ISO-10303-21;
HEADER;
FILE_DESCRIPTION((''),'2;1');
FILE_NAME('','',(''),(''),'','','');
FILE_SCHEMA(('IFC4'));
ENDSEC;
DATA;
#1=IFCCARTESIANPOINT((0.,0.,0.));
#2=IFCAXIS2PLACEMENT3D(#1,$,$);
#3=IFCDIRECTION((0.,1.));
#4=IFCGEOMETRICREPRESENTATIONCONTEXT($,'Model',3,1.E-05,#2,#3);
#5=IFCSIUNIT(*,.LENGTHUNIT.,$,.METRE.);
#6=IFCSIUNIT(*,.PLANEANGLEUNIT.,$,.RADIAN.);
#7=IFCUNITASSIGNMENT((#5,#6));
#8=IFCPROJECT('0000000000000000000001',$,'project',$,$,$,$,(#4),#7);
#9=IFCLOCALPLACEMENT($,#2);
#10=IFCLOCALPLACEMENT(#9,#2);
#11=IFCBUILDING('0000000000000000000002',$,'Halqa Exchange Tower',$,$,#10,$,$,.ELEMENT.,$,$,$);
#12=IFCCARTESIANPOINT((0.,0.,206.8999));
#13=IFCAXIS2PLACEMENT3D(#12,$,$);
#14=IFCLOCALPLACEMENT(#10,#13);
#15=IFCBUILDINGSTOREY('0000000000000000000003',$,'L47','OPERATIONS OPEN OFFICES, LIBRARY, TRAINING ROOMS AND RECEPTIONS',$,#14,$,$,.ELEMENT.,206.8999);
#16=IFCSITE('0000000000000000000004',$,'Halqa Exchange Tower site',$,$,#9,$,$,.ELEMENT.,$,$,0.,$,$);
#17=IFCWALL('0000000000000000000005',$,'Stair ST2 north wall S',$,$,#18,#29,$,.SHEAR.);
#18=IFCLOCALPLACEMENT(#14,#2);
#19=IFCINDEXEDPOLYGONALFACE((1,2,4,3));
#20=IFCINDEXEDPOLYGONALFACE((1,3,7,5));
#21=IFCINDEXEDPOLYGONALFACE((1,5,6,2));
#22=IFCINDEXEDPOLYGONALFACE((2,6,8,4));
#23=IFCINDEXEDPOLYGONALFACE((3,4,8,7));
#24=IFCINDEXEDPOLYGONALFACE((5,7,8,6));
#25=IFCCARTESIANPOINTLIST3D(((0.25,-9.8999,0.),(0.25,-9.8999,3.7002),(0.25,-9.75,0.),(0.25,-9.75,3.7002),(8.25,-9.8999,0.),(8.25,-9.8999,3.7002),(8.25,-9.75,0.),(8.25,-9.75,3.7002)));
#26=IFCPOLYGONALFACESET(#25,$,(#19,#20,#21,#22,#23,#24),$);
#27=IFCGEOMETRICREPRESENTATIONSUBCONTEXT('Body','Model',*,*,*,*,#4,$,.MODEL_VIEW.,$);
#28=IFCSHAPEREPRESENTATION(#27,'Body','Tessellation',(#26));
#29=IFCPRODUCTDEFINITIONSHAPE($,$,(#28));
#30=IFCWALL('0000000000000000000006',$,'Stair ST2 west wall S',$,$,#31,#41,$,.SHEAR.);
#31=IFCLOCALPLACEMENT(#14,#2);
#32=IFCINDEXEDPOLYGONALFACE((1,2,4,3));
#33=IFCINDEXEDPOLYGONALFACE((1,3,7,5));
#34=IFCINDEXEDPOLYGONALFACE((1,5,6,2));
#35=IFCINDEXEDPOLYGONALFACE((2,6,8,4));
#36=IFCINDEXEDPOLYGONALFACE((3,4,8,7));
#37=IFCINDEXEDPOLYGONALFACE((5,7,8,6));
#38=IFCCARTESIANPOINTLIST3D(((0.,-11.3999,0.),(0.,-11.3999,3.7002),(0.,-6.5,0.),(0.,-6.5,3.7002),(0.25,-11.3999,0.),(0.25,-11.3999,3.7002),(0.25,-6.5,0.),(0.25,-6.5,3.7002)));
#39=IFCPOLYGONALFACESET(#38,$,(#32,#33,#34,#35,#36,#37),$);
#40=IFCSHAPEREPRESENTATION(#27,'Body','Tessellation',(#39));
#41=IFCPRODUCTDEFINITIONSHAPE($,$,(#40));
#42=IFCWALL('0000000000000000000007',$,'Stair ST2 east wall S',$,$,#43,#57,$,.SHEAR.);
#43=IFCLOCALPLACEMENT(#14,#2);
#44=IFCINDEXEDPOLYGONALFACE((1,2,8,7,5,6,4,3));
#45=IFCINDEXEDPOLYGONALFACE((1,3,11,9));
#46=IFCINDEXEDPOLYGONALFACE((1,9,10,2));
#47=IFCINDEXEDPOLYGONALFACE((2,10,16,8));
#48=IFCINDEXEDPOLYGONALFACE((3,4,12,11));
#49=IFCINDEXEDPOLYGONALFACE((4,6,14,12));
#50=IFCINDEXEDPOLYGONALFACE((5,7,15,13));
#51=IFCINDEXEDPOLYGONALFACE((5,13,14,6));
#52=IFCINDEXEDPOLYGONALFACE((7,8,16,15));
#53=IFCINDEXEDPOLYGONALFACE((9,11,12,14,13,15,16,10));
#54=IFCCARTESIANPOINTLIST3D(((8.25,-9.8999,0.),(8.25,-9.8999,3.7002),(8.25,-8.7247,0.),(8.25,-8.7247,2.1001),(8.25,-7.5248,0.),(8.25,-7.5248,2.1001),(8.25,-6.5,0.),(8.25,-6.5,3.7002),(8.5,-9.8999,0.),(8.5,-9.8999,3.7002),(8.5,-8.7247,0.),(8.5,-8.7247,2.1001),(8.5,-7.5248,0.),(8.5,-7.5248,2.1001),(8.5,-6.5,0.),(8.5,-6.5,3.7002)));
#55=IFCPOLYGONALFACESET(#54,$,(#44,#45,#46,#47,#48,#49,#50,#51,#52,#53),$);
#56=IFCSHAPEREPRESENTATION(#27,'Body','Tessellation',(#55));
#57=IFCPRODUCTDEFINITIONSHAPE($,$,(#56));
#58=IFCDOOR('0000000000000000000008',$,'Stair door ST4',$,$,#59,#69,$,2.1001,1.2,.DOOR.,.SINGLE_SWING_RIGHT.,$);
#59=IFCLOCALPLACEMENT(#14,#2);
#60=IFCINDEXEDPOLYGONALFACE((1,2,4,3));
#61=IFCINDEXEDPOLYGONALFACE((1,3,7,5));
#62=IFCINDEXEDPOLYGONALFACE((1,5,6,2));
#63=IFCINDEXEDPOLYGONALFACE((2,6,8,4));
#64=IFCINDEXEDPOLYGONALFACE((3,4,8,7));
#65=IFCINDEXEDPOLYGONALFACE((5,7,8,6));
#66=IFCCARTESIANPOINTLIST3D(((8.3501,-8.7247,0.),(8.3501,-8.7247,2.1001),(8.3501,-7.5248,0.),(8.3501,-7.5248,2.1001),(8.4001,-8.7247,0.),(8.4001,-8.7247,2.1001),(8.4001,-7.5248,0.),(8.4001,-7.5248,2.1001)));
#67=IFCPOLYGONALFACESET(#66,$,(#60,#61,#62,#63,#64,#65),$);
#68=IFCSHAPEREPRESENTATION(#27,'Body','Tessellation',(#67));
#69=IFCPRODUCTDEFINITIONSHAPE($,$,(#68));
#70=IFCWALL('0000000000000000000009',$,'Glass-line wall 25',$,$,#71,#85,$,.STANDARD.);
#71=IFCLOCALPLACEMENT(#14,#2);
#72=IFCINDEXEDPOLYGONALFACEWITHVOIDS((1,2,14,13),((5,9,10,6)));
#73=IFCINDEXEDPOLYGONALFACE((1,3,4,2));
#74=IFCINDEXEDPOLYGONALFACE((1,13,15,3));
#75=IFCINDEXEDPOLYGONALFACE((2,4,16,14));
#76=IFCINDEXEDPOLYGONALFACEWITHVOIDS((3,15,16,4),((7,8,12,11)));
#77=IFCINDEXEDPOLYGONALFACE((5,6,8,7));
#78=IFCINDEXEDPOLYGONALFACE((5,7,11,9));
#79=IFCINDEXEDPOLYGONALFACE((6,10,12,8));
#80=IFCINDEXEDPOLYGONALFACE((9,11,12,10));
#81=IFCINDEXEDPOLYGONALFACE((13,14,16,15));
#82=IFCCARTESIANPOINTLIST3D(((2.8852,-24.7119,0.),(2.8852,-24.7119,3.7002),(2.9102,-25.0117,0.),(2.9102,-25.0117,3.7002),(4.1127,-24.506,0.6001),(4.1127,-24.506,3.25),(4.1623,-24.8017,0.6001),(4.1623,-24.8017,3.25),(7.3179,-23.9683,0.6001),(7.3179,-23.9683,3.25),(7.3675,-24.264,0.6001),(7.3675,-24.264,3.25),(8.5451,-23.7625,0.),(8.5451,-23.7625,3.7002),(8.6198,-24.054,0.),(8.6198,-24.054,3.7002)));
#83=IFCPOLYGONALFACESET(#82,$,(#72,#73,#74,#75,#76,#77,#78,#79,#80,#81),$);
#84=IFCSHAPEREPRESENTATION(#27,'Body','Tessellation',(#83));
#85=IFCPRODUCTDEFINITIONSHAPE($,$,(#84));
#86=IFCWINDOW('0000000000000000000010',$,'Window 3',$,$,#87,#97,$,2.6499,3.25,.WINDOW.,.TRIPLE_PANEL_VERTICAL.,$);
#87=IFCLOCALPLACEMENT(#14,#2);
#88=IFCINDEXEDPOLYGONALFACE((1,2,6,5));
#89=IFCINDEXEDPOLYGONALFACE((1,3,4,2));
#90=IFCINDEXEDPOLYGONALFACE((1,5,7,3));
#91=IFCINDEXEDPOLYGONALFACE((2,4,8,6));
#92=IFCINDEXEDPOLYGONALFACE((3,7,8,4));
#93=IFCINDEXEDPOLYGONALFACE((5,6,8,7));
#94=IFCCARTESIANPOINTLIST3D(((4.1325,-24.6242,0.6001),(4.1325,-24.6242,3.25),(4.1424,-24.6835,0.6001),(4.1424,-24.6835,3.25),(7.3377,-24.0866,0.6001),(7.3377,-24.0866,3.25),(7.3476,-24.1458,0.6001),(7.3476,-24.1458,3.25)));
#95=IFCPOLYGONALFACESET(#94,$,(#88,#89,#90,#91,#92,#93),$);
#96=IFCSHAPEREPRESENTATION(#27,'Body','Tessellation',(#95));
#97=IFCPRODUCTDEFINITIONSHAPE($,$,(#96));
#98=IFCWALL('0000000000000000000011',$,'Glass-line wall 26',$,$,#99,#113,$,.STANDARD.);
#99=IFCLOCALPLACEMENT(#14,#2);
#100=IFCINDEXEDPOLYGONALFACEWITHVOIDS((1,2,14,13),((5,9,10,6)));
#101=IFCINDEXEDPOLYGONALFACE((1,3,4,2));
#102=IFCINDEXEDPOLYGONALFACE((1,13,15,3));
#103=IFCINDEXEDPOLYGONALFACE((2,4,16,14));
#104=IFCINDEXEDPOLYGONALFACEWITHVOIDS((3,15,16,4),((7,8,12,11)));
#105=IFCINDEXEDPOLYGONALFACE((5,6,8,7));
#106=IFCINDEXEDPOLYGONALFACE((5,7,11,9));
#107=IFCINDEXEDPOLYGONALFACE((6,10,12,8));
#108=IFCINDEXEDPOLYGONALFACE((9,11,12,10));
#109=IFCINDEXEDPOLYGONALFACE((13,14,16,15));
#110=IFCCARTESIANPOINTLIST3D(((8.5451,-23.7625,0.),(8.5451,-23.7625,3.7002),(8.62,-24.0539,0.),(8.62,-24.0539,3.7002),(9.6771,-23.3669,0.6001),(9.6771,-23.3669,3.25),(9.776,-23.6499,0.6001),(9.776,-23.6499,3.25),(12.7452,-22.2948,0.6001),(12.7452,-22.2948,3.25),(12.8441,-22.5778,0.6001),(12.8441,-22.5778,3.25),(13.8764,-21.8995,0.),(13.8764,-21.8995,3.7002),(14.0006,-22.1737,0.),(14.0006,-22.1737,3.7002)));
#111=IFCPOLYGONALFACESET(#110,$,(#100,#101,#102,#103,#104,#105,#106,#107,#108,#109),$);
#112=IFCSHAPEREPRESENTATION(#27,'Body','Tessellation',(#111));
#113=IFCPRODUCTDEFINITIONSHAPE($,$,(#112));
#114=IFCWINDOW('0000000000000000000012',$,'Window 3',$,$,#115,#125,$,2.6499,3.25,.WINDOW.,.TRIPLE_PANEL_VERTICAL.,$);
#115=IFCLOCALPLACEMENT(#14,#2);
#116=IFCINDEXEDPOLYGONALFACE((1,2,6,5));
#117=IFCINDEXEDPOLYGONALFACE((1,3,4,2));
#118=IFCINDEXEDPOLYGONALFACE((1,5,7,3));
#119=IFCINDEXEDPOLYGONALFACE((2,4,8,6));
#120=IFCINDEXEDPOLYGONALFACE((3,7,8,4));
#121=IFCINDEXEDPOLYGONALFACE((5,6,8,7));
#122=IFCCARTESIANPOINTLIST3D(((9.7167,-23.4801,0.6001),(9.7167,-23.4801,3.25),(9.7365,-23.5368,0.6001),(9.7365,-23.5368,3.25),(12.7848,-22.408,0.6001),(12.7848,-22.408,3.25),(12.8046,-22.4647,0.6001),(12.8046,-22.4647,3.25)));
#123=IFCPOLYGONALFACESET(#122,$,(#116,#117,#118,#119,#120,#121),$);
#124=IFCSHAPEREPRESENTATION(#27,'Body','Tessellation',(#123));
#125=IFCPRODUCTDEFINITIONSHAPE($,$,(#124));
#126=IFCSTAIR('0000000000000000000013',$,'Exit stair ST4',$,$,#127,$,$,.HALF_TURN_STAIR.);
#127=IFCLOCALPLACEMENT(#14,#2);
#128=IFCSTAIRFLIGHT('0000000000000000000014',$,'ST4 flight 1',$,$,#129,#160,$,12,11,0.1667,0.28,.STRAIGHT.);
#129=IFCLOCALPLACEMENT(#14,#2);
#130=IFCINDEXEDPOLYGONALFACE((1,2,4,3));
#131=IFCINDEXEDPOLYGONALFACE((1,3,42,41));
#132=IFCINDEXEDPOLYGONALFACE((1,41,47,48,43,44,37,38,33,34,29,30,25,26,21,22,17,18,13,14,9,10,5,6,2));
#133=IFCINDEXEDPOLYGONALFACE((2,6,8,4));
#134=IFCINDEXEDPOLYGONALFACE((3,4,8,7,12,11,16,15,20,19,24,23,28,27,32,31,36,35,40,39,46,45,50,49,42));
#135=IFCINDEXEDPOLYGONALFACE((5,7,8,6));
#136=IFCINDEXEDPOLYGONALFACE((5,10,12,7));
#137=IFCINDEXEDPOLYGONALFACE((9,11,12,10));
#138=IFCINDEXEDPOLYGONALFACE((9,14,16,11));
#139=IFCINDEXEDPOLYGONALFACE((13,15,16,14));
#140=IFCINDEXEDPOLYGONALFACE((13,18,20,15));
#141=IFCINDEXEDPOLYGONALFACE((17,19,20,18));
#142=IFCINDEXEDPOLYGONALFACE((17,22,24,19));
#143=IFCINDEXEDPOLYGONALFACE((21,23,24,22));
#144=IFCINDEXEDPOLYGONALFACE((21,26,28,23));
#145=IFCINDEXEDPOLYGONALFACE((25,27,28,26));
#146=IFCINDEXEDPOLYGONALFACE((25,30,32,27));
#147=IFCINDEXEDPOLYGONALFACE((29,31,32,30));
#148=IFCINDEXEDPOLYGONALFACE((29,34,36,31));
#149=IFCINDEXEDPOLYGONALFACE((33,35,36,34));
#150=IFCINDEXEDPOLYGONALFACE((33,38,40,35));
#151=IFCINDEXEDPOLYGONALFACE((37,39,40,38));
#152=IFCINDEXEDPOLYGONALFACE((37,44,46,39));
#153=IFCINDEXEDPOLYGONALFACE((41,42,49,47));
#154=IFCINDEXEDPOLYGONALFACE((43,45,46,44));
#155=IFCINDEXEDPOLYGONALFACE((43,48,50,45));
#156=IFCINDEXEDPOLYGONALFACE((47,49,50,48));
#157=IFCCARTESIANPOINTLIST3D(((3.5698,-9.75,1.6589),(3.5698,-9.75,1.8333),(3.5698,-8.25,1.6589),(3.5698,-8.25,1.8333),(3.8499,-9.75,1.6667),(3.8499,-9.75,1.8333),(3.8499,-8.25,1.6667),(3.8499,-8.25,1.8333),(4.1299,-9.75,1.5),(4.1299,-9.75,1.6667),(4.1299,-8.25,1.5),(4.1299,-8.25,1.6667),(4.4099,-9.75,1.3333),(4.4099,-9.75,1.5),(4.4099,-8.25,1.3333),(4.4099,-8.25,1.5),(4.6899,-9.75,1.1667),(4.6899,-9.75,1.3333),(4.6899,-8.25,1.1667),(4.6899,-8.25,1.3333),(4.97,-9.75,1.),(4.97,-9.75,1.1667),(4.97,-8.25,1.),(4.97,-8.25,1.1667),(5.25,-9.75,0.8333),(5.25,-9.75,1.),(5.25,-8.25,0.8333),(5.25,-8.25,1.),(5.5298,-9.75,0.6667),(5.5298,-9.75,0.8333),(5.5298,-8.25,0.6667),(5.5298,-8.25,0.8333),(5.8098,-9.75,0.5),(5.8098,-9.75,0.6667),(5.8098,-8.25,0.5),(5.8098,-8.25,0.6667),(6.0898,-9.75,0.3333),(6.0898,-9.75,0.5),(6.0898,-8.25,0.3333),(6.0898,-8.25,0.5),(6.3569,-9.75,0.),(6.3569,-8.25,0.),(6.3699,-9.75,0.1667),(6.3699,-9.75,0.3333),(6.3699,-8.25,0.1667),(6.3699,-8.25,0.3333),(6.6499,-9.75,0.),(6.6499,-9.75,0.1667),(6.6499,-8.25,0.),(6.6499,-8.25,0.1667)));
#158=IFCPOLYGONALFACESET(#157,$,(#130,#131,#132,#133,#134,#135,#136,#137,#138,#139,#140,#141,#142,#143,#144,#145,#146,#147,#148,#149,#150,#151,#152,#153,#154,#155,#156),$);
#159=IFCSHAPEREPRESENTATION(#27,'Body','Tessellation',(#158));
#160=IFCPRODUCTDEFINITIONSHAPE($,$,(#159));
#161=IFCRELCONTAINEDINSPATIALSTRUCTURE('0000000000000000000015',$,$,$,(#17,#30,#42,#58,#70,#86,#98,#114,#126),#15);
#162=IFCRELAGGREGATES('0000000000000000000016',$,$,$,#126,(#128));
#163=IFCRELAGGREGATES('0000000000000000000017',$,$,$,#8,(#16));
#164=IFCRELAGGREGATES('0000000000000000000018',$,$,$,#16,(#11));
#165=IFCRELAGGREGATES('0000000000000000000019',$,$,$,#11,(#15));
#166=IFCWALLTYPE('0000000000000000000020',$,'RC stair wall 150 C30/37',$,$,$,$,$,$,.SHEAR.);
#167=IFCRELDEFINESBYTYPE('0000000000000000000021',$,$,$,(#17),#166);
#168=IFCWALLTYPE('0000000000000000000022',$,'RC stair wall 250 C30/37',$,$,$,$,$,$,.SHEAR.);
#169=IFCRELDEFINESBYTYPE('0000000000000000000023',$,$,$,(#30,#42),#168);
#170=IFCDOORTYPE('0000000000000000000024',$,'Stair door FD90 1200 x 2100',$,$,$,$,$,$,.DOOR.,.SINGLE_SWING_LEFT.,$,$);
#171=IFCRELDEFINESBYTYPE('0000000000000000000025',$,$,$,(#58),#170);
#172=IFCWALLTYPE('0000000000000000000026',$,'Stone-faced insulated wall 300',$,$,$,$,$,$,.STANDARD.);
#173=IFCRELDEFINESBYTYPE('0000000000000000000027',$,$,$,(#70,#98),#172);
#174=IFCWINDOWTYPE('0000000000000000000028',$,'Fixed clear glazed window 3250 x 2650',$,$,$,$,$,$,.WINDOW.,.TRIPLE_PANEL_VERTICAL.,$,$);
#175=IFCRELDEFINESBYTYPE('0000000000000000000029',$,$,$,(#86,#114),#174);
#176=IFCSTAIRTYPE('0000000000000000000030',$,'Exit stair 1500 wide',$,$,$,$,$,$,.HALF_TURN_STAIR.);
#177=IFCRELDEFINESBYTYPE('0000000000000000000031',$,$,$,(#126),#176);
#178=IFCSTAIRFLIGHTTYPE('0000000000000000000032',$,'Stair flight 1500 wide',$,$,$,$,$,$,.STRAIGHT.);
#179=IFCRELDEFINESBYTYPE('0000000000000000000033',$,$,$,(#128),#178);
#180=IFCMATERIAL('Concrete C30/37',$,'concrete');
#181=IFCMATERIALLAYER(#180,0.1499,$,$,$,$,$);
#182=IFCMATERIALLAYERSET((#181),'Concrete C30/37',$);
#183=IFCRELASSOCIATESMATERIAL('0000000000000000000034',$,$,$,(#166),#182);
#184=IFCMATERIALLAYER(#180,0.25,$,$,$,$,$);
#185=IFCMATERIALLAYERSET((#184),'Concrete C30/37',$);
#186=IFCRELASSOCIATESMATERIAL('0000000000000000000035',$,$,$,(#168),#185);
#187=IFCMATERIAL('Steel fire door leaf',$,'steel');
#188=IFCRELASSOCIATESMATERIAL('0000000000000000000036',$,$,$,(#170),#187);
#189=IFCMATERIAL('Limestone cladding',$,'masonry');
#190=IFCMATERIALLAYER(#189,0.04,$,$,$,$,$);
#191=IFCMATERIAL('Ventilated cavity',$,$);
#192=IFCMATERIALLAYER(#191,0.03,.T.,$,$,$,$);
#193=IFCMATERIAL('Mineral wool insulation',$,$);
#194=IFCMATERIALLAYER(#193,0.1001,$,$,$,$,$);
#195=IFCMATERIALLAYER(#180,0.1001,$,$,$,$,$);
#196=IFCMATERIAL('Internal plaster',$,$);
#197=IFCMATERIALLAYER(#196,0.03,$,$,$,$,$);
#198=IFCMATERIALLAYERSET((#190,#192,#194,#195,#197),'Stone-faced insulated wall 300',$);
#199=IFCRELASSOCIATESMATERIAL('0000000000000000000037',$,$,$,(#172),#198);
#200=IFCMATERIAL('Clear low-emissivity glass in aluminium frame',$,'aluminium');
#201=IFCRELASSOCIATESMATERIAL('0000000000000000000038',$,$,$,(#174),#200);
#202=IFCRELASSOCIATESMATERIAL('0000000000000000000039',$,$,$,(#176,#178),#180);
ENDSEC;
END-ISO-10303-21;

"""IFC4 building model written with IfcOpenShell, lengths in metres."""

from ifc_helpers import new_model, si_unit, direction, frame, frame_2d, origin, place, context, subcontext, project, spatial, polyline, rectangle, outline, extrude, material, layer, layer_set, type_object, element, fill, aggregate, save


model = new_model("IFC4")

# Units and contexts
model_context = context("Model", 3, precision=1e-05, world=origin(), true_north=direction((0.0, 1.0)))
body_context = subcontext(model_context, "Body", "Model", "MODEL_VIEW")
ifc_project = project(units=[si_unit("LENGTHUNIT", "METRE"), si_unit("PLANEANGLEUNIT", "RADIAN")], contexts=[model_context])

# Site, building, storey
site_placement = place(None, origin())
site = spatial("IfcSite", under=ifc_project, at=site_placement, Name="Halqa Exchange Tower site", CompositionType="ELEMENT", RefElevation=0.0)
building_placement = place(site_placement, origin())
building = spatial("IfcBuilding", under=site, at=building_placement, Name="Halqa Exchange Tower", CompositionType="ELEMENT")
storey_placement = place(building_placement, frame((0.0, 0.0, 206.8999)))
storey = spatial("IfcBuildingStorey", under=building, at=storey_placement, Name="L47", Description="OPERATIONS OPEN OFFICES, LIBRARY, TRAINING ROOMS AND RECEPTIONS", CompositionType="ELEMENT", Elevation=206.8999)

# Walls
ifc_material_1 = material(Name="Concrete C30/37", Category="concrete")
ifc_layer_1 = layer(ifc_material_1, 0.1499)
ifc_layer_set_1 = layer_set([ifc_layer_1], Name="Concrete C30/37")
wall_type_1 = type_object("IfcWallType", Name="RC stair wall 150 C30/37", PredefinedType="SHEAR", material=ifc_layer_set_1)
wall_1_placement = place(storey_placement, frame((0.25, -9.825, 0.0), z_axis=(0.0, 0.0, 1.0), x_axis=(1.0, 0.0, 0.0)))
element("IfcWall", 1, at=wall_1_placement, inside=storey, type_object=wall_type_1, Name="Stair ST2 north wall S", PredefinedType="SHEAR", context=body_context, shape_type="SweptSolid", body=[
    extrude(rectangle(XDim=8.0, YDim=0.1499, at=frame_2d((4.0, 0.0))), origin(), (0.0, 0.0, 1.0), 3.7002),
])
ifc_layer_2 = layer(ifc_material_1, 0.25)
ifc_layer_set_2 = layer_set([ifc_layer_2], Name="Concrete C30/37")
wall_type_2 = type_object("IfcWallType", Name="RC stair wall 250 C30/37", PredefinedType="SHEAR", material=ifc_layer_set_2)
wall_2_placement = place(storey_placement, frame((0.125, -11.3999, 0.0), z_axis=(0.0, 0.0, 1.0), x_axis=(0.0, 1.0, 0.0)))
element("IfcWall", 2, at=wall_2_placement, inside=storey, type_object=wall_type_2, Name="Stair ST2 west wall S", PredefinedType="SHEAR", context=body_context, shape_type="SweptSolid", body=[
    extrude(rectangle(XDim=4.8999, YDim=0.25, at=frame_2d((2.45, 0.0))), origin(), (0.0, 0.0, 1.0), 3.7002),
])

# Wall, opening, door
wall_3_placement = place(storey_placement, frame((8.375, -9.8999, 0.0), z_axis=(0.0, 0.0, 1.0), x_axis=(0.0, 1.0, 0.0)))
wall_3 = element("IfcWall", 3, at=wall_3_placement, inside=storey, type_object=wall_type_2, Name="Stair ST2 east wall S", PredefinedType="SHEAR", context=body_context, shape_type="SweptSolid", body=[
    extrude(rectangle(XDim=3.3999, YDim=0.25, at=frame_2d((1.7, 0.0))), origin(), (0.0, 0.0, 1.0), 3.7002),
])
opening_1_placement = place(wall_3_placement, frame((1.175, 0.0, 0.0)))
opening_1 = element("IfcOpeningElement", 4, at=opening_1_placement, cuts=wall_3, PredefinedType="OPENING", context=body_context, shape_type="SweptSolid", body=[
    extrude(rectangle(XDim=1.2, YDim=2.1001, at=frame_2d((0.6001, 1.05))), frame((0.0, 0.137, 0.0), z_axis=(0.0, -1.0, 0.0), x_axis=(1.0, 0.0, 0.0)), (0.0, 0.0, 1.0), 0.2739),
])
ifc_material_2 = material(Name="Steel fire door leaf", Category="steel")
door_type = type_object("IfcDoorType", Name="Stair door FD90 1200 x 2100", OperationType="SINGLE_SWING_LEFT", PredefinedType="DOOR", material=ifc_material_2)
door_placement = place(opening_1_placement, origin())
door = element("IfcDoor", 5, at=door_placement, inside=storey, type_object=door_type, Name="Stair door ST4", OperationType="SINGLE_SWING_RIGHT", OverallHeight=2.1001, OverallWidth=1.2, PredefinedType="DOOR", context=body_context, shape_type="SweptSolid", body=[
    extrude(rectangle(XDim=1.2, YDim=2.1001, at=frame_2d((0.6001, 1.05))), frame((0.0, 0.0249, 0.0), z_axis=(0.0, -1.0, 0.0), x_axis=(1.0, 0.0, 0.0)), (0.0, 0.0, 1.0), 0.05),
])
fill(opening_1, door)

# Walls, openings, windows
ifc_material_3 = material(Name="Limestone cladding", Category="masonry")
ifc_layer_3 = layer(ifc_material_3, 0.04)
ifc_material_4 = material(Name="Ventilated cavity")
ifc_layer_4 = layer(ifc_material_4, 0.03, ventilated=True)
ifc_material_5 = material(Name="Mineral wool insulation")
ifc_layer_5 = layer(ifc_material_5, 0.1001)
ifc_layer_6 = layer(ifc_material_1, 0.1001)
ifc_material_6 = material(Name="Internal plaster")
ifc_layer_7 = layer(ifc_material_6, 0.03)
ifc_layer_set_3 = layer_set([ifc_layer_3, ifc_layer_4, ifc_layer_5, ifc_layer_6, ifc_layer_7], Name="Stone-faced insulated wall 300")
wall_type_3 = type_object("IfcWallType", Name="Stone-faced insulated wall 300", PredefinedType="STANDARD", material=ifc_layer_set_3)
wall_4_placement = place(storey_placement, frame((2.8977, -24.8618, 0.0), z_axis=(0.0, 0.0, 1.0), x_axis=(0.986221, 0.165436, 0.0)))
wall_4 = element("IfcWall", 6, at=wall_4_placement, inside=storey, type_object=wall_type_3, Name="Glass-line wall 25", PredefinedType="STANDARD", context=body_context, shape_type="SweptSolid", body=[
    extrude(outline(polyline([(-0.0125, -0.1499), (5.7769, -0.1499), (5.7515, 0.1499), (0.0125, 0.1499), (-0.0125, -0.1499)])), origin(), (0.0, 0.0, 1.0), 3.7002),
])
opening_2_placement = place(wall_4_placement, frame((1.2571, 0.0, 0.6001)))
opening_2 = element("IfcOpeningElement", 7, at=opening_2_placement, cuts=wall_4, PredefinedType="OPENING", context=body_context, shape_type="SweptSolid", body=[
    extrude(rectangle(XDim=3.25, YDim=2.6499, at=frame_2d((1.625, 1.325))), frame((0.0, 0.1621, 0.0), z_axis=(0.0, -1.0, 0.0), x_axis=(1.0, 0.0, 0.0)), (0.0, 0.0, 1.0), 0.324),
])
ifc_material_7 = material(Name="Clear low-emissivity glass in aluminium frame", Category="aluminium")
window_type = type_object("IfcWindowType", Name="Fixed clear glazed window 3250 x 2650", PartitioningType="TRIPLE_PANEL_VERTICAL", PredefinedType="WINDOW", material=ifc_material_7)
window_1_placement = place(opening_2_placement, origin())
window_1 = element("IfcWindow", 8, at=window_1_placement, inside=storey, type_object=window_type, Name="Window 3", OverallHeight=2.6499, OverallWidth=3.25, PartitioningType="TRIPLE_PANEL_VERTICAL", PredefinedType="WINDOW", context=body_context, shape_type="SweptSolid", body=[
    extrude(rectangle(XDim=3.25, YDim=2.6499, at=frame_2d((1.625, 1.325))), frame((0.0, 0.03, 0.0), z_axis=(0.0, -1.0, 0.0), x_axis=(1.0, 0.0, 0.0)), (0.0, 0.0, 1.0), 0.0601),
])
fill(opening_2, window_1)
wall_5_placement = place(storey_placement, frame((8.5825, -23.9082, 0.0), z_axis=(0.0, 0.0, 1.0), x_axis=(0.944023, 0.329879, 0.0)))
wall_5 = element("IfcWall", 9, at=wall_5_placement, inside=storey, type_object=wall_type_3, Name="Glass-line wall 26", PredefinedType="STANDARD", context=body_context, shape_type="SweptSolid", body=[
    extrude(outline(polyline([(-0.0127, -0.1499), (5.687, -0.1499), (5.6602, 0.1499), (0.0127, 0.1499), (-0.0127, -0.1499)])), origin(), (0.0, 0.0, 1.0), 3.7002),
])
opening_3_placement = place(wall_5_placement, frame((1.2119, 0.0, 0.6001)))
opening_3 = element("IfcOpeningElement", 10, at=opening_3_placement, cuts=wall_5, PredefinedType="OPENING", context=body_context, shape_type="SweptSolid", body=[
    extrude(rectangle(XDim=3.25, YDim=2.6499, at=frame_2d((1.625, 1.325))), frame((0.0, 0.1621, 0.0), z_axis=(0.0, -1.0, 0.0), x_axis=(1.0, 0.0, 0.0)), (0.0, 0.0, 1.0), 0.324),
])
window_2_placement = place(opening_3_placement, origin())
window_2 = element("IfcWindow", 11, at=window_2_placement, inside=storey, type_object=window_type, Name="Window 3", OverallHeight=2.6499, OverallWidth=3.25, PartitioningType="TRIPLE_PANEL_VERTICAL", PredefinedType="WINDOW", context=body_context, shape_type="SweptSolid", body=[
    extrude(rectangle(XDim=3.25, YDim=2.6499, at=frame_2d((1.625, 1.325))), frame((0.0, 0.03, 0.0), z_axis=(0.0, -1.0, 0.0), x_axis=(1.0, 0.0, 0.0)), (0.0, 0.0, 1.0), 0.0601),
])
fill(opening_3, window_2)

# Stair, stair flight
stair_type = type_object("IfcStairType", Name="Exit stair 1500 wide", PredefinedType="HALF_TURN_STAIR", material=ifc_material_1)
stair_placement = place(storey_placement, origin())
stair = element("IfcStair", 12, at=stair_placement, inside=storey, type_object=stair_type, Name="Exit stair ST4", PredefinedType="HALF_TURN_STAIR")
stair_flight_type = type_object("IfcStairFlightType", Name="Stair flight 1500 wide", PredefinedType="STRAIGHT", material=ifc_material_1)
stair_flight_1_placement = place(storey_placement, frame((6.6499, -9.0, 0.0), z_axis=(0.0, 0.0, 1.0), x_axis=(-1.0, 0.0, 0.0)))
stair_flight_1 = element("IfcStairFlight", 13, at=stair_flight_1_placement, type_object=stair_flight_type, Name="ST4 flight 1", NumberOfRisers=12, NumberOfTreads=11, PredefinedType="STRAIGHT", RiserHeight=0.1667, TreadLength=0.28, context=body_context, shape_type="SweptSolid", body=[
    extrude(outline(polyline([(0.0, 0.0), (0.0, 0.1667), (0.28, 0.1667), (0.28, 0.3333), (0.5601, 0.3333), (0.5601, 0.5), (0.8401, 0.5), (0.8401, 0.6667), (1.1201, 0.6667), (1.1201, 0.8333), (1.3999, 0.8333), (1.3999, 1.0), (1.6799, 1.0), (1.6799, 1.1667), (1.96, 1.1667), (1.96, 1.3333), (2.24, 1.3333), (2.24, 1.5), (2.52, 1.5), (2.52, 1.6667), (2.8, 1.6667), (2.8, 1.8333), (3.0801, 1.8333), (3.0801, 2.0), (3.0801, 1.6589), (0.293, 0.0), (0.0, 0.0)])), frame((0.0, 0.75, 0.0), z_axis=(0.0, -1.0, 0.0), x_axis=(1.0, 0.0, 0.0)), (0.0, 0.0, 1.0), 1.5),
])
aggregate(stair, [stair_flight_1])

save(model, "model.ifc")
